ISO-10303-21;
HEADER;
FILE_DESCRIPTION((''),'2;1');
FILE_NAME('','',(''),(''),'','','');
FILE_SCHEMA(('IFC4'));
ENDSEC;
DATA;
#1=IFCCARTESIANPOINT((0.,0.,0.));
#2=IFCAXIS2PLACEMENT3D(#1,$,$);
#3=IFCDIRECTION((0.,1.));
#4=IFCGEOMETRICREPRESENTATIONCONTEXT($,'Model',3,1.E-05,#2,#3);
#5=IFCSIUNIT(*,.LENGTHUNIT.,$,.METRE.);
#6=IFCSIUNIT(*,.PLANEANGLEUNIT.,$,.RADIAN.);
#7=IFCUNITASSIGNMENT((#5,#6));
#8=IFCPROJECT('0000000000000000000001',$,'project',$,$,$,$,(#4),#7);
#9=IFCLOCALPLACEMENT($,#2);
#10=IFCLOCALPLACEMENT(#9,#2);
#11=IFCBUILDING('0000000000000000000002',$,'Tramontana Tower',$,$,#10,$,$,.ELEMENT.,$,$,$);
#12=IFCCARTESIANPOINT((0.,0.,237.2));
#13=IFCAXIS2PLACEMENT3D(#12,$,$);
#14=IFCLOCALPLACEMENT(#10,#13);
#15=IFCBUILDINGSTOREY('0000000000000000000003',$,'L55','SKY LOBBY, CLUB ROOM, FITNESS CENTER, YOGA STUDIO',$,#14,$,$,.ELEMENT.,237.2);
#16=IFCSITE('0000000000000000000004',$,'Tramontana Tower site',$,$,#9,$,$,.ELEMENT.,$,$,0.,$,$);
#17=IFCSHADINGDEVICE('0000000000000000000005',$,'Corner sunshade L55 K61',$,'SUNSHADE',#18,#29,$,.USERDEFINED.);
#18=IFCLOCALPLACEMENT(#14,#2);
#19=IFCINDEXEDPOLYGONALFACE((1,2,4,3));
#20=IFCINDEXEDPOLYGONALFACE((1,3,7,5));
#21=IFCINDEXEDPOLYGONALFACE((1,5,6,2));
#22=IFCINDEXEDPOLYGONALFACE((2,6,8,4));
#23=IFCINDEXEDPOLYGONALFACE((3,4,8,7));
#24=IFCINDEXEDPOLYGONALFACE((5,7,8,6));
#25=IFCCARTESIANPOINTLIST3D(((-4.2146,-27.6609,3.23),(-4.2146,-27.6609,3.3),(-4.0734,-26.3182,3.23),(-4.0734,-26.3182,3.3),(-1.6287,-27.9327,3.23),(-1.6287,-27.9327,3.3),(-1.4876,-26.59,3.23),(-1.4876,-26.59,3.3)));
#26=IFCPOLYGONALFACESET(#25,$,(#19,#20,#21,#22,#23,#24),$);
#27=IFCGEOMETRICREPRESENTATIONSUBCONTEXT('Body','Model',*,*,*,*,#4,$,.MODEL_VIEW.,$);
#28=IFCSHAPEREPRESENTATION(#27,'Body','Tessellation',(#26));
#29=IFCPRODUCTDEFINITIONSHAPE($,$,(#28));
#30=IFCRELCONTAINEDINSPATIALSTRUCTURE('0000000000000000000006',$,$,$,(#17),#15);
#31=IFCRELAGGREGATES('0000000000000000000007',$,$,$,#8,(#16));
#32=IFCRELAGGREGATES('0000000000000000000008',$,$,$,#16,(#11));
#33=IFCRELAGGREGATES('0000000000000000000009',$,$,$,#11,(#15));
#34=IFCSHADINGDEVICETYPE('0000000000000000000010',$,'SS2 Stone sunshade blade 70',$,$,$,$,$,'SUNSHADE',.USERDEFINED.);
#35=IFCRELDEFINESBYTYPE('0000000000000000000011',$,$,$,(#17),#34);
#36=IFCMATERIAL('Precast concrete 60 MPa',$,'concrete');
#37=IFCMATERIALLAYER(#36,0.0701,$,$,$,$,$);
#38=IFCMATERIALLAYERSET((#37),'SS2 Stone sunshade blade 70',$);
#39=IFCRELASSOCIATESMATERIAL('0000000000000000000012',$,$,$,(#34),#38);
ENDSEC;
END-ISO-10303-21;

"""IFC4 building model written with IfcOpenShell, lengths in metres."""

from ifc_helpers import new_model, si_unit, direction, frame, origin, origin_2d, place, context, subcontext, project, spatial, rectangle, extrude, material, layer, layer_set, type_object, element, save


model = new_model("IFC4")

# Units and contexts
model_context = context("Model", 3, precision=1e-05, world=origin(), true_north=direction((0.0, 1.0)))
body_context = subcontext(model_context, "Body", "Model", "MODEL_VIEW")
ifc_project = project(units=[si_unit("LENGTHUNIT", "METRE"), si_unit("PLANEANGLEUNIT", "RADIAN")], contexts=[model_context])

# Site, building, storey
site_placement = place(None, origin())
site = spatial("IfcSite", under=ifc_project, at=site_placement, Name="Tramontana Tower site", CompositionType="ELEMENT", RefElevation=0.0)
building_placement = place(site_placement, origin())
building = spatial("IfcBuilding", under=site, at=building_placement, Name="Tramontana Tower", CompositionType="ELEMENT")
storey_placement = place(building_placement, frame((0.0, 0.0, 237.2)))
storey = spatial("IfcBuildingStorey", under=building, at=storey_placement, Name="L55", Description="SKY LOBBY, CLUB ROOM, FITNESS CENTER, YOGA STUDIO", CompositionType="ELEMENT", Elevation=237.2)

# Shading device
ifc_material_1 = material(Name="Precast concrete 60 MPa", Category="concrete")
ifc_layer_1 = layer(ifc_material_1, 0.0701)
ifc_layer_set_1 = layer_set([ifc_layer_1], Name="SS2 Stone sunshade blade 70")
shading_device_type = type_object("IfcShadingDeviceType", Name="SS2 Stone sunshade blade 70", ElementType="SUNSHADE", PredefinedType="USERDEFINED", material=ifc_layer_set_1)
shading_device_placement = place(storey_placement, frame((-2.8511, -27.1255, 3.23), z_axis=(0.0, 0.0, 1.0), x_axis=(-0.994522, 0.104528, 0.0)))
element("IfcShadingDevice", 1, at=shading_device_placement, inside=storey, type_object=shading_device_type, Name="Corner sunshade L55 K61", ObjectType="SUNSHADE", PredefinedType="USERDEFINED", context=body_context, shape_type="SweptSolid", body=[
    extrude(rectangle(XDim=2.6001, YDim=1.3501, at=origin_2d()), origin(), (0.0, 0.0, 1.0), 0.0701),
])

save(model, "model.ifc")
